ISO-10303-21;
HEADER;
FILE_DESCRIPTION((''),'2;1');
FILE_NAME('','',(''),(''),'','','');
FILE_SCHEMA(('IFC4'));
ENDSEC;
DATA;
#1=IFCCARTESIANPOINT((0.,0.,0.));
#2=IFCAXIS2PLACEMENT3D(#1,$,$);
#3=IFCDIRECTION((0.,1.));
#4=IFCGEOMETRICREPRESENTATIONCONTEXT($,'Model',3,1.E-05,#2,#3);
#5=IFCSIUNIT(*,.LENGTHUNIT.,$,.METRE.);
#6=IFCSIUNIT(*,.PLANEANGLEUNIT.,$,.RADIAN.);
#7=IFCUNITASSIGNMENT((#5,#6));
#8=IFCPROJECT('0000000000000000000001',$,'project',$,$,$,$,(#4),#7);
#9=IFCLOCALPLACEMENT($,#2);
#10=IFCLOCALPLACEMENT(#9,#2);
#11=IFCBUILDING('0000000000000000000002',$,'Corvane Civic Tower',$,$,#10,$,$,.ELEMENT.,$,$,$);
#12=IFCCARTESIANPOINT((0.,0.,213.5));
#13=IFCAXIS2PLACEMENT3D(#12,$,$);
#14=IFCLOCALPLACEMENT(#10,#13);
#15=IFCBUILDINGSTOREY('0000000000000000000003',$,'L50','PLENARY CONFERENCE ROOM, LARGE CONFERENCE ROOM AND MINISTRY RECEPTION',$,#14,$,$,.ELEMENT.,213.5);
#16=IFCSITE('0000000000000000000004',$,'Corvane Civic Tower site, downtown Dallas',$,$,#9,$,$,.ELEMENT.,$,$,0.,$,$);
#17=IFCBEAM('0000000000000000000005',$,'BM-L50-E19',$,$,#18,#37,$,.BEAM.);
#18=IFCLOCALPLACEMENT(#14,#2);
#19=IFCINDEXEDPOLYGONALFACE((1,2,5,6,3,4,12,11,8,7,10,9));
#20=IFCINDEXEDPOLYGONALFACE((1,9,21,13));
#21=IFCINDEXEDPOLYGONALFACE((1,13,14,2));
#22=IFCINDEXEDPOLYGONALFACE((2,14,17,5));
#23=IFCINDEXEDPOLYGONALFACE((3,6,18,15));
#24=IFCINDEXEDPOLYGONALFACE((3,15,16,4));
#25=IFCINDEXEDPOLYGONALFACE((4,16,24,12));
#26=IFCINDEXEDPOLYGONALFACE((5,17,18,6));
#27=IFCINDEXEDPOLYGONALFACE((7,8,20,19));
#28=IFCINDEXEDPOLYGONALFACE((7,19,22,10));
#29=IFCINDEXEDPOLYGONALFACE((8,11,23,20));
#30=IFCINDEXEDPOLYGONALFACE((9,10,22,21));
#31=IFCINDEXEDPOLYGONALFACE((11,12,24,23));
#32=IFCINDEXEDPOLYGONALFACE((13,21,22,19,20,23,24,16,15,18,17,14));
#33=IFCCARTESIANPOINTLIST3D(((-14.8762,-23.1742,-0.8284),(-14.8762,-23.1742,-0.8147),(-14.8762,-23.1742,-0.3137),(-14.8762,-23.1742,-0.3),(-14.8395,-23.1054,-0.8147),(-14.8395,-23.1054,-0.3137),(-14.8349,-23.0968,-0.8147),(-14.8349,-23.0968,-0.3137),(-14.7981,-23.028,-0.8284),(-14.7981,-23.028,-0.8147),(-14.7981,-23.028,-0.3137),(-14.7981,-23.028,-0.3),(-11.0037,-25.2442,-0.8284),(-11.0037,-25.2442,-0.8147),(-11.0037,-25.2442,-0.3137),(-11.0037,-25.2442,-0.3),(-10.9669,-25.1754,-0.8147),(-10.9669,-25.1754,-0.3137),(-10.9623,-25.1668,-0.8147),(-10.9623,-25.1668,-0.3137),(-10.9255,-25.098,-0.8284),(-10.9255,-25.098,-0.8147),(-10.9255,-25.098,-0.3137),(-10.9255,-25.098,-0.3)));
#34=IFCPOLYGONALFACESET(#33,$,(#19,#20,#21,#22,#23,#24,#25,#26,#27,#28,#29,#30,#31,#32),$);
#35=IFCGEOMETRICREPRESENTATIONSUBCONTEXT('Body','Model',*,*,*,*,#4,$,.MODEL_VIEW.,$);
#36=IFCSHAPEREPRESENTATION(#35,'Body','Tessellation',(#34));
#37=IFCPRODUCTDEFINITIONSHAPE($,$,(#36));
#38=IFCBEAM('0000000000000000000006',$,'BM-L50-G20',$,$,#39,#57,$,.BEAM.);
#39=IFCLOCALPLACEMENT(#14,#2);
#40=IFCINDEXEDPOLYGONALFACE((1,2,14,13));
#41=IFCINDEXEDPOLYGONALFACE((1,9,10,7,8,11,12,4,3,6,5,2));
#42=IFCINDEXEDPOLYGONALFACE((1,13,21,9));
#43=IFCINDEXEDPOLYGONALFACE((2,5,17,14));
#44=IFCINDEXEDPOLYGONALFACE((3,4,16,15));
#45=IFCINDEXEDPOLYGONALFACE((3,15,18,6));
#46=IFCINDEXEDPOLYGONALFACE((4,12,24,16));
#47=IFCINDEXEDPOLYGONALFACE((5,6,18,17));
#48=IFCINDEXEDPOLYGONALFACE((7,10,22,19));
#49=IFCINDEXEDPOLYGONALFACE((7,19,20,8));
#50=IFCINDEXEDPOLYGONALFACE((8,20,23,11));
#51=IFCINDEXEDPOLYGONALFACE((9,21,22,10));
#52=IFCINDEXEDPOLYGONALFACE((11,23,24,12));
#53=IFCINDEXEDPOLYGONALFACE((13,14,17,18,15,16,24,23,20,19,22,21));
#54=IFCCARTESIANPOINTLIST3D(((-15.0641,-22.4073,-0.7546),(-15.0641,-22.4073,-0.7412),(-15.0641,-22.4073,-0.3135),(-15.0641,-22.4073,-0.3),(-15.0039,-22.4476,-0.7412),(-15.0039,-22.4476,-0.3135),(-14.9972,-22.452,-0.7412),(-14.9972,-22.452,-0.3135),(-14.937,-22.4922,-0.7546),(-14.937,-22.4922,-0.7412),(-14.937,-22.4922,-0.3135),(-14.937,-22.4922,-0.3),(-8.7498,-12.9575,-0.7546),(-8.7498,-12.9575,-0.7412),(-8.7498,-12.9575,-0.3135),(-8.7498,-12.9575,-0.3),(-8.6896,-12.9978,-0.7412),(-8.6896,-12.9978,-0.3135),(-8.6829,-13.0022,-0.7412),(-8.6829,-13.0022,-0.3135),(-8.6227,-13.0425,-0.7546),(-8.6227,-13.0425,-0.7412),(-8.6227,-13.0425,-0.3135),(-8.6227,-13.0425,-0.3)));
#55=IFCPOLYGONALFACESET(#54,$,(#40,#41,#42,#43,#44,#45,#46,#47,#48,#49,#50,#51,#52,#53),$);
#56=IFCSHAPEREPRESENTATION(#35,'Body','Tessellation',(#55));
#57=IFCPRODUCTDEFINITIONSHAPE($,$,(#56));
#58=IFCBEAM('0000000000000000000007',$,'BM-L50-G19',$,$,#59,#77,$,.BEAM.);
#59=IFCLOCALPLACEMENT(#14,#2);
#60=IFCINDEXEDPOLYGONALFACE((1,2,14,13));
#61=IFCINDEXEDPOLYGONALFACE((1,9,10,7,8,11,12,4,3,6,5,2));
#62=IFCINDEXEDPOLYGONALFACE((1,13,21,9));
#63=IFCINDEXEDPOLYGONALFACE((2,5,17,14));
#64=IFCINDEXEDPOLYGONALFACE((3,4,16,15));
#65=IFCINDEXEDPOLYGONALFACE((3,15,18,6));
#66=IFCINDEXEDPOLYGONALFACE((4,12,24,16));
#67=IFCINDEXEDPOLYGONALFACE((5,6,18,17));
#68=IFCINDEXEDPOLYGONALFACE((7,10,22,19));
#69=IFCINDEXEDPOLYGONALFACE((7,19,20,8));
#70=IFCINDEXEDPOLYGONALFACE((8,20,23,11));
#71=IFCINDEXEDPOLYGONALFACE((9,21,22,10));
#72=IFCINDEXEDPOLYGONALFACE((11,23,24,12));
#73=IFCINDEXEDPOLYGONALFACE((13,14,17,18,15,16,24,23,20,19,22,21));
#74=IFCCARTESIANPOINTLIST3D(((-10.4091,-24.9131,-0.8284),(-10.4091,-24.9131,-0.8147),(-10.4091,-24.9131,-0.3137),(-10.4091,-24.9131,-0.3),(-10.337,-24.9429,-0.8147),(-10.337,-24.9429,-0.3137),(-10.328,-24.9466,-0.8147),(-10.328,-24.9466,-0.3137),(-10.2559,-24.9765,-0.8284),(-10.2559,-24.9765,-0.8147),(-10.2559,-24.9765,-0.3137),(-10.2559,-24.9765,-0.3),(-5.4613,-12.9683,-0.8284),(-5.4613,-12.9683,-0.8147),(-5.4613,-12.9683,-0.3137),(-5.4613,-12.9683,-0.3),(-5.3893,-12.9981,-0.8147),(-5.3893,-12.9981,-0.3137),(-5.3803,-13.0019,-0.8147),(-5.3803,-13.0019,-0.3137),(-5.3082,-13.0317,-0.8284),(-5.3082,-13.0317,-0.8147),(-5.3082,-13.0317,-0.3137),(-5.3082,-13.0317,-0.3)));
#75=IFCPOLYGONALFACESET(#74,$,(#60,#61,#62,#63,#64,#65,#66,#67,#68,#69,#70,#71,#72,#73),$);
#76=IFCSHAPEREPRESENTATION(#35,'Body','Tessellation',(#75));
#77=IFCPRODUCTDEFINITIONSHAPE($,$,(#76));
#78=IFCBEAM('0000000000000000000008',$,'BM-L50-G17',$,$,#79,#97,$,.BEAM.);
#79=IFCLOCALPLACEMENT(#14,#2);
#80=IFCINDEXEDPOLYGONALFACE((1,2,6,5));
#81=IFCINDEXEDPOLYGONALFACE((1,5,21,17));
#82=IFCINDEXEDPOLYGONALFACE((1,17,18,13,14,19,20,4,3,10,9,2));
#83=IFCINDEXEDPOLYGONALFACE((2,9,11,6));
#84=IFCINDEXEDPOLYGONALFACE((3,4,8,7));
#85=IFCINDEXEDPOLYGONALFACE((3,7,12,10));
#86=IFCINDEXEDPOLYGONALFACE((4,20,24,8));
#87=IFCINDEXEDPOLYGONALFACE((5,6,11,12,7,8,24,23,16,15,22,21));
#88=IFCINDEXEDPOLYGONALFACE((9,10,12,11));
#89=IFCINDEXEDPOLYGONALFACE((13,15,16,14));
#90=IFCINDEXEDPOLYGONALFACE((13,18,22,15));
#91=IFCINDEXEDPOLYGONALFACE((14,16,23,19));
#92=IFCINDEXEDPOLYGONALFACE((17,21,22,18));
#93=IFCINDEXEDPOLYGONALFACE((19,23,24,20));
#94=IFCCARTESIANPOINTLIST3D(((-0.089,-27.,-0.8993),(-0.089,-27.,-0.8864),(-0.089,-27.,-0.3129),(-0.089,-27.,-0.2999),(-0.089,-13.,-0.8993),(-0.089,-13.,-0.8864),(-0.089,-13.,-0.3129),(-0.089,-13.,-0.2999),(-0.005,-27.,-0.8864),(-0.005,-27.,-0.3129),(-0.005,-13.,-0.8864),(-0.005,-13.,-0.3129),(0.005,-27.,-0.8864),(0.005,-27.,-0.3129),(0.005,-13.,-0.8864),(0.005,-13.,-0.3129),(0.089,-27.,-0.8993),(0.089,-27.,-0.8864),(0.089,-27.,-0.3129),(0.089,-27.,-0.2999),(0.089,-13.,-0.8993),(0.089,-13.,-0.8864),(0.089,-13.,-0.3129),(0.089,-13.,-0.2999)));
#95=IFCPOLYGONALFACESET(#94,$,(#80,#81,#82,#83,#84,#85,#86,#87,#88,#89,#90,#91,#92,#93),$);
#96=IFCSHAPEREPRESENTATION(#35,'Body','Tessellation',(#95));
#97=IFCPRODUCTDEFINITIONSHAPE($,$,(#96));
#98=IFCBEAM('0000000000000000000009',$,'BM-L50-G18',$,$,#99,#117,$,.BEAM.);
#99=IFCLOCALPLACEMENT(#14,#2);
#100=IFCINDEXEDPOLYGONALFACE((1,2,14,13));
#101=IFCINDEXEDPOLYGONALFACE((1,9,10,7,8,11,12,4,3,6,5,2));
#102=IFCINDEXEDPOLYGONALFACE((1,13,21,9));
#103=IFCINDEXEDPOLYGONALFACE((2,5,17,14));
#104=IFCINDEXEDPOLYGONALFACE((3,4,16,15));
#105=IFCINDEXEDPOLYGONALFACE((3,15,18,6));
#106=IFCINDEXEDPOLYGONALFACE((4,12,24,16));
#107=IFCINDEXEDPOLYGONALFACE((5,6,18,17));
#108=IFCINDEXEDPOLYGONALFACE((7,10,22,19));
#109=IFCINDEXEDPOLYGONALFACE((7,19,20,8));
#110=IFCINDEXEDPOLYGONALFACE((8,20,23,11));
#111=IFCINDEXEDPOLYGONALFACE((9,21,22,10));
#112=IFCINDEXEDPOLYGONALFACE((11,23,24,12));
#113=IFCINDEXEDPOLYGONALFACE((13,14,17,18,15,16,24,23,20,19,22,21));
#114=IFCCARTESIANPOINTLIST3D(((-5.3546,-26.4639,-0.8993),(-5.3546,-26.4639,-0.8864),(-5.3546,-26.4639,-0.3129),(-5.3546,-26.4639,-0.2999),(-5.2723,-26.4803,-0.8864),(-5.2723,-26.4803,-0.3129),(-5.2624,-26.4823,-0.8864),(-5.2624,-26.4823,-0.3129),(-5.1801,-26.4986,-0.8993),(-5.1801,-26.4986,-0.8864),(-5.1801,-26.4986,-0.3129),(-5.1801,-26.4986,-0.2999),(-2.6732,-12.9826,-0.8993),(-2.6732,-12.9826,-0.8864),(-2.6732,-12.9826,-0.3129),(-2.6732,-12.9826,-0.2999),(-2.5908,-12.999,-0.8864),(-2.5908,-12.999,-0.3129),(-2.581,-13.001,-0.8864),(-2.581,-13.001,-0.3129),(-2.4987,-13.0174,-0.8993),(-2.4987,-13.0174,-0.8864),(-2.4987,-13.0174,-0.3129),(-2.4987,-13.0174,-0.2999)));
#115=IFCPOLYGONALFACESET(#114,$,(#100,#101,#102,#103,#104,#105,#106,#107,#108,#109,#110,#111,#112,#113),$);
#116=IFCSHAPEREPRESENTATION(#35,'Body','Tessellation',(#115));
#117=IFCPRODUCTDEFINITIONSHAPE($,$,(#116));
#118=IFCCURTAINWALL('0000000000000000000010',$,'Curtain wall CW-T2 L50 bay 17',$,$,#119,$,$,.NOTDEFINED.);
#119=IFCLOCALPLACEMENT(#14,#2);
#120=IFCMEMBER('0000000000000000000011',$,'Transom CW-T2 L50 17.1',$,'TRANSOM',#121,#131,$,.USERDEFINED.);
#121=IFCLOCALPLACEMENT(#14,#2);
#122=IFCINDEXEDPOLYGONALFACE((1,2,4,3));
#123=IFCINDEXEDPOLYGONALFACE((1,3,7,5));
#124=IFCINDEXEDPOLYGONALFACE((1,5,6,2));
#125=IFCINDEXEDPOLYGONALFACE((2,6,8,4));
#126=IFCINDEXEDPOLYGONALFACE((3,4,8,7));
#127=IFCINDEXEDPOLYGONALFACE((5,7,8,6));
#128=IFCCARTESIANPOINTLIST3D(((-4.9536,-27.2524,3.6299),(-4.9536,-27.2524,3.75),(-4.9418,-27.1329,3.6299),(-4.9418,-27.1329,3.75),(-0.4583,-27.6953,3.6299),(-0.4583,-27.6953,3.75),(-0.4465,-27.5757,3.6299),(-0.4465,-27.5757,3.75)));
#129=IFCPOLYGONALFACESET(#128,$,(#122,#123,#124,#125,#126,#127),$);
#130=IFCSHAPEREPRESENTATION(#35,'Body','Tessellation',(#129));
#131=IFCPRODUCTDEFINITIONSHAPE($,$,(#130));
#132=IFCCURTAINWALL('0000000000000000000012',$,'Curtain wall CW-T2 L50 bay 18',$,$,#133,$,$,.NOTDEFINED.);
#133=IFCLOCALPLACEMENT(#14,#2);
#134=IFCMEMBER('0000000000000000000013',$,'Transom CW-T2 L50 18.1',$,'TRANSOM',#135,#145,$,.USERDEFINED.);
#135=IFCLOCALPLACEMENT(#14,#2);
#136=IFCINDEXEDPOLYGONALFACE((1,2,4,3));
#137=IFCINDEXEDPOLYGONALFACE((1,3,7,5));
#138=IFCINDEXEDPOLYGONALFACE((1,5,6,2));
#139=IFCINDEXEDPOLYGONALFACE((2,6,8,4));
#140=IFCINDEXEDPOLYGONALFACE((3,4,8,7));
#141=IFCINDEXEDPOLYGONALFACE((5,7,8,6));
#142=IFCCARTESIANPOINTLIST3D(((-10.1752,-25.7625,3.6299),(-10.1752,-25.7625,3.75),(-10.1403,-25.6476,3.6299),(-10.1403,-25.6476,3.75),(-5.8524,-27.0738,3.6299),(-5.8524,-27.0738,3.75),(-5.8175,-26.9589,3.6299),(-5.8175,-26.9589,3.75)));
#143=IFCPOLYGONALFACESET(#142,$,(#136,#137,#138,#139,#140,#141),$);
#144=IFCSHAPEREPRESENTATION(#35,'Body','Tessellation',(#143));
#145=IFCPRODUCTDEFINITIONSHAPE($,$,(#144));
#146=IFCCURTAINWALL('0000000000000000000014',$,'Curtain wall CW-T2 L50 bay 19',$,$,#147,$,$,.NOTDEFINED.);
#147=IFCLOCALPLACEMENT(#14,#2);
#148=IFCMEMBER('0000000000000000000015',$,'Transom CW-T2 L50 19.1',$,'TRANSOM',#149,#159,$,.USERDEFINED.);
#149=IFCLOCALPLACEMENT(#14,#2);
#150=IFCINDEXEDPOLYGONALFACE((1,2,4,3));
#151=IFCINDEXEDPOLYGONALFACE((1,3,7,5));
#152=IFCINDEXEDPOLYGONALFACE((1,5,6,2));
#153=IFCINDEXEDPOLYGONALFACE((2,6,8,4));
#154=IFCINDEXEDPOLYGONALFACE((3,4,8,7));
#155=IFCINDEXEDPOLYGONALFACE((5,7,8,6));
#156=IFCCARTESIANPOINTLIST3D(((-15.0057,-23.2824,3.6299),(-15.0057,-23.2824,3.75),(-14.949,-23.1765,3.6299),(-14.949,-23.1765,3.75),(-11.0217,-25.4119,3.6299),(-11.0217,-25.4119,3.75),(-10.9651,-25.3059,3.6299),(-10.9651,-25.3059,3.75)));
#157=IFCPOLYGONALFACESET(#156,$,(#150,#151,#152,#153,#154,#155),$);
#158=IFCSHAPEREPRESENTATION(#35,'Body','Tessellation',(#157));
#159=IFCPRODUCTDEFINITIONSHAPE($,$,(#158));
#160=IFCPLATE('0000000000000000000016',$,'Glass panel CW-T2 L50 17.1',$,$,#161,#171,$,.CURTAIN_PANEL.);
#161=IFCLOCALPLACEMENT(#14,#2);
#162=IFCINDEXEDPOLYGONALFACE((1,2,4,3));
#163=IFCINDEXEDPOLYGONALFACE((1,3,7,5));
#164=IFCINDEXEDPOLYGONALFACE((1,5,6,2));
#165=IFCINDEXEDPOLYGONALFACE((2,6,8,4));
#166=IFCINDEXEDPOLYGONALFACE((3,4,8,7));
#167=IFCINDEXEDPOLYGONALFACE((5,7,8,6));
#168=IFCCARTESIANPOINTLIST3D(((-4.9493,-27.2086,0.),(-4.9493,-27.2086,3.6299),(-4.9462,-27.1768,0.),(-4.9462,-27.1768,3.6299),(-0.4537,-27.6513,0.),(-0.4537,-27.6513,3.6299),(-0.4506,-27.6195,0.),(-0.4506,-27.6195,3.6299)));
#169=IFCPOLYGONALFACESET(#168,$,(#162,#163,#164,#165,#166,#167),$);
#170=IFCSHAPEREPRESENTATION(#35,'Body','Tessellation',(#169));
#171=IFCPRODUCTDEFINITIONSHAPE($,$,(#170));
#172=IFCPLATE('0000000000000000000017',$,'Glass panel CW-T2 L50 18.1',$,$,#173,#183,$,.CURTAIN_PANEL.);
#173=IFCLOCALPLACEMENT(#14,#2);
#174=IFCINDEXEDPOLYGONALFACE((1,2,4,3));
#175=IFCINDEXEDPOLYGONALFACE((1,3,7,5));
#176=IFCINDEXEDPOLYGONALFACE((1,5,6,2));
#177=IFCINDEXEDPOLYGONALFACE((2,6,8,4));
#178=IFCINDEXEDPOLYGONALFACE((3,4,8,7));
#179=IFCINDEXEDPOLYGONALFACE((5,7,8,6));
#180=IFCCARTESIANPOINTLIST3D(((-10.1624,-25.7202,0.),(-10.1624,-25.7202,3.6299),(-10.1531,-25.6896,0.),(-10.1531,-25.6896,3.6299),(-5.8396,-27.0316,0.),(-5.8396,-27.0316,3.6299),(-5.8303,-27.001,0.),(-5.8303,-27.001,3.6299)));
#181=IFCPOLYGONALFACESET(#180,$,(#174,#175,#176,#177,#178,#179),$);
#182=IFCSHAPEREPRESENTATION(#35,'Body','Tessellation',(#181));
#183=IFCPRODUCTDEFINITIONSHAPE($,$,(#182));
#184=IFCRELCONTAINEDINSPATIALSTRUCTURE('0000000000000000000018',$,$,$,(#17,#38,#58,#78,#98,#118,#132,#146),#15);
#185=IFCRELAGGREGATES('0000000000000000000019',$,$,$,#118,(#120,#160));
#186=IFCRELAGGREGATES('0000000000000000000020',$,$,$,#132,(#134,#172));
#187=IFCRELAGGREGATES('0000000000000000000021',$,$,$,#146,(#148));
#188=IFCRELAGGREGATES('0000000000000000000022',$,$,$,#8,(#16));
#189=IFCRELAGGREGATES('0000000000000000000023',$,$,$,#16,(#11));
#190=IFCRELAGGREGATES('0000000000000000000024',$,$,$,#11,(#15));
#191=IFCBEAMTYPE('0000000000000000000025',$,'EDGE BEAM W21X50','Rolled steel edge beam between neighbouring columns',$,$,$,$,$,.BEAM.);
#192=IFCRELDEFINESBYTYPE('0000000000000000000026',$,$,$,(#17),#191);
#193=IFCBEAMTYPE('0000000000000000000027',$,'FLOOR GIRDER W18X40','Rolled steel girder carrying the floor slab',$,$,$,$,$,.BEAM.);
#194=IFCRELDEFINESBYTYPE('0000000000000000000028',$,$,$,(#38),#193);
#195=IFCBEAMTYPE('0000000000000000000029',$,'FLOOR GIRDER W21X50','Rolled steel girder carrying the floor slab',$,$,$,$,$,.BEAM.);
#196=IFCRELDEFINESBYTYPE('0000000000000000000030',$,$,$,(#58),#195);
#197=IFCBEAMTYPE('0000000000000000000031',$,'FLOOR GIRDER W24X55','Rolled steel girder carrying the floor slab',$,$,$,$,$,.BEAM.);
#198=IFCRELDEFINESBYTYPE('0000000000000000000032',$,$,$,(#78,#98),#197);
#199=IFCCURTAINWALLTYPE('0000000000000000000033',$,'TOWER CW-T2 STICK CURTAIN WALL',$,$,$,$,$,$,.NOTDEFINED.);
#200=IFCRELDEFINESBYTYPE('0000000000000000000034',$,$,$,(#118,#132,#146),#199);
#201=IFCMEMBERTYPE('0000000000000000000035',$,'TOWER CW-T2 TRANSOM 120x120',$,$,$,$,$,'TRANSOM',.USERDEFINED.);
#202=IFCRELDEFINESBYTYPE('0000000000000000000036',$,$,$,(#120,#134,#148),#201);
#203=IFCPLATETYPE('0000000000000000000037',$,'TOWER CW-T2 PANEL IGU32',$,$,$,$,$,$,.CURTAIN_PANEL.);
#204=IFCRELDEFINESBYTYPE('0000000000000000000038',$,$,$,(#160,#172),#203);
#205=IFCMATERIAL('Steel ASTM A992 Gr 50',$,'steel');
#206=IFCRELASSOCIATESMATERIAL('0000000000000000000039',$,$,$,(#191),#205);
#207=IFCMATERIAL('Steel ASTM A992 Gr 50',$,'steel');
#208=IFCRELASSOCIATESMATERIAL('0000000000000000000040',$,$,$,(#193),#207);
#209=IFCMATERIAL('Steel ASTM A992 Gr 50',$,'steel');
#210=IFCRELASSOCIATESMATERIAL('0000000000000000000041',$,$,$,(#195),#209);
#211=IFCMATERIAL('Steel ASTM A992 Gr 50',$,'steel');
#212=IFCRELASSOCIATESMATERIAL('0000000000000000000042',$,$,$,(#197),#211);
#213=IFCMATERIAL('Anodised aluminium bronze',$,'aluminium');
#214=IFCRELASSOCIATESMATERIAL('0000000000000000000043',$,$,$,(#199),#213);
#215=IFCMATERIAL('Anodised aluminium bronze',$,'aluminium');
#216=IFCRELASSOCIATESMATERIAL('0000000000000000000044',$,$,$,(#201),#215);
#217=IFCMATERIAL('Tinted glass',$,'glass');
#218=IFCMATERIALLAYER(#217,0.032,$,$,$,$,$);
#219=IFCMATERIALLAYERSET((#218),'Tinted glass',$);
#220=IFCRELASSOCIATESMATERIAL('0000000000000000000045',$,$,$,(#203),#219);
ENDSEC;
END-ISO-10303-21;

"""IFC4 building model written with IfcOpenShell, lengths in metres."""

from ifc_helpers import new_model, si_unit, direction, frame, origin, origin_2d, place, context, subcontext, project, spatial, rectangle, i_section, extrude, material, layer, layer_set, material_profile, profile_set, type_object, element, aggregate, save


model = new_model("IFC4")

# Units and contexts
model_context = context("Model", 3, precision=1e-05, world=origin(), true_north=direction((0.0, 1.0)))
body_context = subcontext(model_context, "Body", "Model", "MODEL_VIEW")
ifc_project = project(units=[si_unit("LENGTHUNIT", "METRE"), si_unit("PLANEANGLEUNIT", "RADIAN")], contexts=[model_context])

# Site, building, storey
site_placement = place(None, origin())
site = spatial("IfcSite", under=ifc_project, at=site_placement, Name="Corvane Civic Tower site, downtown Dallas", CompositionType="ELEMENT", RefElevation=0.0)
building_placement = place(site_placement, origin())
building = spatial("IfcBuilding", under=site, at=building_placement, Name="Corvane Civic Tower", CompositionType="ELEMENT")
storey_placement = place(building_placement, frame((0.0, 0.0, 213.5)))
storey = spatial("IfcBuildingStorey", under=building, at=storey_placement, Name="L50", Description="PLENARY CONFERENCE ROOM, LARGE CONFERENCE ROOM AND MINISTRY RECEPTION", CompositionType="ELEMENT", Elevation=213.5)

# Beams
ifc_material_1 = material(Name="Steel ASTM A992 Gr 50", Category="steel")
ifc_material_profile_1 = material_profile(ifc_material_1, i_section(OverallWidth=0.1658, OverallDepth=0.5283, WebThickness=0.0098, FlangeThickness=0.0137, at=origin_2d()), Name="W21X50")
ifc_profile_set_1 = profile_set([ifc_material_profile_1], Name="Steel ASTM A992 Gr 50")
beam_type_1 = type_object("IfcBeamType", Name="EDGE BEAM W21X50", Description="Rolled steel edge beam between neighbouring columns", PredefinedType="BEAM", material=ifc_profile_set_1)
beam_1_placement = place(storey_placement, frame((-10.9646, -25.1711, -0.5642), z_axis=(-0.881908, 0.471422, 0.0), x_axis=(-0.471422, -0.881908, 0.0)))
element("IfcBeam", 1, at=beam_1_placement, inside=storey, type_object=beam_type_1, Name="BM-L50-E19", PredefinedType="BEAM", context=body_context, shape_type="SweptSolid", body=[
    extrude(i_section(OverallWidth=0.1658, OverallDepth=0.5283, WebThickness=0.0098, FlangeThickness=0.0137, at=origin_2d()), origin(), (0.0, 0.0, 1.0), 4.3911),
])
ifc_material_2 = material(Name="Steel ASTM A992 Gr 50", Category="steel")
ifc_material_profile_2 = material_profile(ifc_material_2, i_section(OverallWidth=0.1528, OverallDepth=0.4546, WebThickness=0.0081, FlangeThickness=0.0134, at=origin_2d()), Name="W18X40")
ifc_profile_set_2 = profile_set([ifc_material_profile_2], Name="Steel ASTM A992 Gr 50")
beam_type_2 = type_object("IfcBeamType", Name="FLOOR GIRDER W18X40", Description="Rolled steel girder carrying the floor slab", PredefinedType="BEAM", material=ifc_profile_set_2)
beam_2_placement = place(storey_placement, frame((-8.6863, -13.0, -0.5273), z_axis=(-0.555577, -0.831465, 0.0), x_axis=(0.831465, -0.555577, 0.0)))
element("IfcBeam", 2, at=beam_2_placement, inside=storey, type_object=beam_type_2, Name="BM-L50-G20", PredefinedType="BEAM", context=body_context, shape_type="SweptSolid", body=[
    extrude(i_section(OverallWidth=0.1528, OverallDepth=0.4546, WebThickness=0.0081, FlangeThickness=0.0134, at=origin_2d()), origin(), (0.0, 0.0, 1.0), 11.3652),
])
ifc_material_3 = material(Name="Steel ASTM A992 Gr 50", Category="steel")
ifc_material_profile_3 = material_profile(ifc_material_3, i_section(OverallWidth=0.1658, OverallDepth=0.5283, WebThickness=0.0098, FlangeThickness=0.0137, at=origin_2d()), Name="W21X50")
ifc_profile_set_3 = profile_set([ifc_material_profile_3], Name="Steel ASTM A992 Gr 50")
beam_type_3 = type_object("IfcBeamType", Name="FLOOR GIRDER W21X50", Description="Rolled steel girder carrying the floor slab", PredefinedType="BEAM", material=ifc_profile_set_3)
beam_3_placement = place(storey_placement, frame((-5.3848, -13.0, -0.5642), z_axis=(-0.382686, -0.923878, 0.0), x_axis=(0.923878, -0.382686, 0.0)))
element("IfcBeam", 3, at=beam_3_placement, inside=storey, type_object=beam_type_3, Name="BM-L50-G19", PredefinedType="BEAM", context=body_context, shape_type="SweptSolid", body=[
    extrude(i_section(OverallWidth=0.1658, OverallDepth=0.5283, WebThickness=0.0098, FlangeThickness=0.0137, at=origin_2d()), origin(), (0.0, 0.0, 1.0), 12.929),
])
ifc_material_4 = material(Name="Steel ASTM A992 Gr 50", Category="steel")
ifc_material_profile_4 = material_profile(ifc_material_4, i_section(OverallWidth=0.178, OverallDepth=0.5994, WebThickness=0.01, FlangeThickness=0.0129, at=origin_2d()), Name="W24X55")
ifc_profile_set_4 = profile_set([ifc_material_profile_4], Name="Steel ASTM A992 Gr 50")
beam_type_4 = type_object("IfcBeamType", Name="FLOOR GIRDER W24X55", Description="Rolled steel girder carrying the floor slab", PredefinedType="BEAM", material=ifc_profile_set_4)
beam_4_placement = place(storey_placement, frame((0.0, -13.0, -0.5996), z_axis=(0.0, -1.0, 0.0), x_axis=(1.0, 0.0, 0.0)))
element("IfcBeam", 4, at=beam_4_placement, inside=storey, type_object=beam_type_4, Name="BM-L50-G17", PredefinedType="BEAM", context=body_context, shape_type="SweptSolid", body=[
    extrude(i_section(OverallWidth=0.178, OverallDepth=0.5994, WebThickness=0.01, FlangeThickness=0.0129, at=origin_2d()), origin(), (0.0, 0.0, 1.0), 14.0),
])
beam_5_placement = place(storey_placement, frame((-2.5859, -13.0, -0.5996), z_axis=(-0.195078, -0.980788, 0.0), x_axis=(0.980788, -0.195078, 0.0)))
element("IfcBeam", 5, at=beam_5_placement, inside=storey, type_object=beam_type_4, Name="BM-L50-G18", PredefinedType="BEAM", context=body_context, shape_type="SweptSolid", body=[
    extrude(i_section(OverallWidth=0.178, OverallDepth=0.5994, WebThickness=0.01, FlangeThickness=0.0129, at=origin_2d()), origin(), (0.0, 0.0, 1.0), 13.7454),
])

# Curtain walls, members
ifc_material_5 = material(Name="Anodised aluminium bronze", Category="aluminium")
curtain_wall_type = type_object("IfcCurtainWallType", Name="TOWER CW-T2 STICK CURTAIN WALL", PredefinedType="NOTDEFINED", material=ifc_material_5)
curtain_wall_1_placement = place(storey_placement, origin())
curtain_wall_1 = element("IfcCurtainWall", 6, at=curtain_wall_1_placement, inside=storey, type_object=curtain_wall_type, Name="Curtain wall CW-T2 L50 bay 17", PredefinedType="NOTDEFINED")
ifc_material_6 = material(Name="Anodised aluminium bronze", Category="aluminium")
ifc_material_profile_5 = material_profile(ifc_material_6, rectangle(XDim=0.1201, YDim=0.1201, at=origin_2d()), Name="TOWER CW-T2 TRANSOM 120x120")
ifc_profile_set_5 = profile_set([ifc_material_profile_5], Name="Anodised aluminium bronze")
member_type = type_object("IfcMemberType", Name="TOWER CW-T2 TRANSOM 120x120", ElementType="TRANSOM", PredefinedType="USERDEFINED", material=ifc_profile_set_5)
member_1_placement = place(storey_placement, frame((-0.4524, -27.6355, 3.6899), z_axis=(-0.995182, 0.098043, 0.0), x_axis=(-0.098043, -0.995182, 0.0)))
member_1 = element("IfcMember", 7, at=member_1_placement, type_object=member_type, Name="Transom CW-T2 L50 17.1", ObjectType="TRANSOM", PredefinedType="USERDEFINED", context=body_context, shape_type="SweptSolid", body=[
    extrude(rectangle(XDim=0.1201, YDim=0.1201, at=origin_2d()), origin(), (0.0, 0.0, 1.0), 4.5171),
])
curtain_wall_2_placement = place(storey_placement, origin())
curtain_wall_2 = element("IfcCurtainWall", 8, at=curtain_wall_2_placement, inside=storey, type_object=curtain_wall_type, Name="Curtain wall CW-T2 L50 bay 18", PredefinedType="NOTDEFINED")
member_2_placement = place(storey_placement, frame((-5.835, -27.0164, 3.6899), z_axis=(-0.956941, 0.290282, 0.0), x_axis=(-0.290282, -0.956941, 0.0)))
member_2 = element("IfcMember", 9, at=member_2_placement, type_object=member_type, Name="Transom CW-T2 L50 18.1", ObjectType="TRANSOM", PredefinedType="USERDEFINED", context=body_context, shape_type="SweptSolid", body=[
    extrude(rectangle(XDim=0.1201, YDim=0.1201, at=origin_2d()), origin(), (0.0, 0.0, 1.0), 4.5173),
])
curtain_wall_3_placement = place(storey_placement, origin())
curtain_wall_3 = element("IfcCurtainWall", 10, at=curtain_wall_3_placement, inside=storey, type_object=curtain_wall_type, Name="Curtain wall CW-T2 L50 bay 19", PredefinedType="NOTDEFINED")
member_3_placement = place(storey_placement, frame((-10.9934, -25.3589, 3.6899), z_axis=(-0.881925, 0.47139, 0.0), x_axis=(-0.47139, -0.881925, 0.0)))
member_3 = element("IfcMember", 11, at=member_3_placement, type_object=member_type, Name="Transom CW-T2 L50 19.1", ObjectType="TRANSOM", PredefinedType="USERDEFINED", context=body_context, shape_type="SweptSolid", body=[
    extrude(rectangle(XDim=0.1201, YDim=0.1201, at=origin_2d()), origin(), (0.0, 0.0, 1.0), 4.5173),
])

# Plates
ifc_material_7 = material(Name="Tinted glass", Category="glass")
ifc_layer_1 = layer(ifc_material_7, 0.032)
ifc_layer_set_1 = layer_set([ifc_layer_1], Name="Tinted glass")
plate_type = type_object("IfcPlateType", Name="TOWER CW-T2 PANEL IGU32", PredefinedType="CURTAIN_PANEL", material=ifc_layer_set_1)
plate_1_placement = place(storey_placement, frame((-2.7, -27.4141, 0.0), z_axis=(0.0, 0.0, 1.0), x_axis=(-0.995187, 0.097993, 0.0)))
plate_1 = element("IfcPlate", 12, at=plate_1_placement, type_object=plate_type, Name="Glass panel CW-T2 L50 17.1", PredefinedType="CURTAIN_PANEL", context=body_context, shape_type="SweptSolid", body=[
    extrude(rectangle(XDim=4.5173, YDim=0.032, at=origin_2d()), origin(), (0.0, 0.0, 1.0), 3.6299),
])
aggregate(curtain_wall_1, [member_1, plate_1])
plate_2_placement = place(storey_placement, frame((-7.9963, -26.3606, 0.0), z_axis=(0.0, 0.0, 1.0), x_axis=(-0.956939, 0.29029, 0.0)))
plate_2 = element("IfcPlate", 13, at=plate_2_placement, type_object=plate_type, Name="Glass panel CW-T2 L50 18.1", PredefinedType="CURTAIN_PANEL", context=body_context, shape_type="SweptSolid", body=[
    extrude(rectangle(XDim=4.5173, YDim=0.032, at=origin_2d()), origin(), (0.0, 0.0, 1.0), 3.6299),
])
aggregate(curtain_wall_2, [member_2, plate_2])
aggregate(curtain_wall_3, [member_3])

save(model, "model.ifc")
